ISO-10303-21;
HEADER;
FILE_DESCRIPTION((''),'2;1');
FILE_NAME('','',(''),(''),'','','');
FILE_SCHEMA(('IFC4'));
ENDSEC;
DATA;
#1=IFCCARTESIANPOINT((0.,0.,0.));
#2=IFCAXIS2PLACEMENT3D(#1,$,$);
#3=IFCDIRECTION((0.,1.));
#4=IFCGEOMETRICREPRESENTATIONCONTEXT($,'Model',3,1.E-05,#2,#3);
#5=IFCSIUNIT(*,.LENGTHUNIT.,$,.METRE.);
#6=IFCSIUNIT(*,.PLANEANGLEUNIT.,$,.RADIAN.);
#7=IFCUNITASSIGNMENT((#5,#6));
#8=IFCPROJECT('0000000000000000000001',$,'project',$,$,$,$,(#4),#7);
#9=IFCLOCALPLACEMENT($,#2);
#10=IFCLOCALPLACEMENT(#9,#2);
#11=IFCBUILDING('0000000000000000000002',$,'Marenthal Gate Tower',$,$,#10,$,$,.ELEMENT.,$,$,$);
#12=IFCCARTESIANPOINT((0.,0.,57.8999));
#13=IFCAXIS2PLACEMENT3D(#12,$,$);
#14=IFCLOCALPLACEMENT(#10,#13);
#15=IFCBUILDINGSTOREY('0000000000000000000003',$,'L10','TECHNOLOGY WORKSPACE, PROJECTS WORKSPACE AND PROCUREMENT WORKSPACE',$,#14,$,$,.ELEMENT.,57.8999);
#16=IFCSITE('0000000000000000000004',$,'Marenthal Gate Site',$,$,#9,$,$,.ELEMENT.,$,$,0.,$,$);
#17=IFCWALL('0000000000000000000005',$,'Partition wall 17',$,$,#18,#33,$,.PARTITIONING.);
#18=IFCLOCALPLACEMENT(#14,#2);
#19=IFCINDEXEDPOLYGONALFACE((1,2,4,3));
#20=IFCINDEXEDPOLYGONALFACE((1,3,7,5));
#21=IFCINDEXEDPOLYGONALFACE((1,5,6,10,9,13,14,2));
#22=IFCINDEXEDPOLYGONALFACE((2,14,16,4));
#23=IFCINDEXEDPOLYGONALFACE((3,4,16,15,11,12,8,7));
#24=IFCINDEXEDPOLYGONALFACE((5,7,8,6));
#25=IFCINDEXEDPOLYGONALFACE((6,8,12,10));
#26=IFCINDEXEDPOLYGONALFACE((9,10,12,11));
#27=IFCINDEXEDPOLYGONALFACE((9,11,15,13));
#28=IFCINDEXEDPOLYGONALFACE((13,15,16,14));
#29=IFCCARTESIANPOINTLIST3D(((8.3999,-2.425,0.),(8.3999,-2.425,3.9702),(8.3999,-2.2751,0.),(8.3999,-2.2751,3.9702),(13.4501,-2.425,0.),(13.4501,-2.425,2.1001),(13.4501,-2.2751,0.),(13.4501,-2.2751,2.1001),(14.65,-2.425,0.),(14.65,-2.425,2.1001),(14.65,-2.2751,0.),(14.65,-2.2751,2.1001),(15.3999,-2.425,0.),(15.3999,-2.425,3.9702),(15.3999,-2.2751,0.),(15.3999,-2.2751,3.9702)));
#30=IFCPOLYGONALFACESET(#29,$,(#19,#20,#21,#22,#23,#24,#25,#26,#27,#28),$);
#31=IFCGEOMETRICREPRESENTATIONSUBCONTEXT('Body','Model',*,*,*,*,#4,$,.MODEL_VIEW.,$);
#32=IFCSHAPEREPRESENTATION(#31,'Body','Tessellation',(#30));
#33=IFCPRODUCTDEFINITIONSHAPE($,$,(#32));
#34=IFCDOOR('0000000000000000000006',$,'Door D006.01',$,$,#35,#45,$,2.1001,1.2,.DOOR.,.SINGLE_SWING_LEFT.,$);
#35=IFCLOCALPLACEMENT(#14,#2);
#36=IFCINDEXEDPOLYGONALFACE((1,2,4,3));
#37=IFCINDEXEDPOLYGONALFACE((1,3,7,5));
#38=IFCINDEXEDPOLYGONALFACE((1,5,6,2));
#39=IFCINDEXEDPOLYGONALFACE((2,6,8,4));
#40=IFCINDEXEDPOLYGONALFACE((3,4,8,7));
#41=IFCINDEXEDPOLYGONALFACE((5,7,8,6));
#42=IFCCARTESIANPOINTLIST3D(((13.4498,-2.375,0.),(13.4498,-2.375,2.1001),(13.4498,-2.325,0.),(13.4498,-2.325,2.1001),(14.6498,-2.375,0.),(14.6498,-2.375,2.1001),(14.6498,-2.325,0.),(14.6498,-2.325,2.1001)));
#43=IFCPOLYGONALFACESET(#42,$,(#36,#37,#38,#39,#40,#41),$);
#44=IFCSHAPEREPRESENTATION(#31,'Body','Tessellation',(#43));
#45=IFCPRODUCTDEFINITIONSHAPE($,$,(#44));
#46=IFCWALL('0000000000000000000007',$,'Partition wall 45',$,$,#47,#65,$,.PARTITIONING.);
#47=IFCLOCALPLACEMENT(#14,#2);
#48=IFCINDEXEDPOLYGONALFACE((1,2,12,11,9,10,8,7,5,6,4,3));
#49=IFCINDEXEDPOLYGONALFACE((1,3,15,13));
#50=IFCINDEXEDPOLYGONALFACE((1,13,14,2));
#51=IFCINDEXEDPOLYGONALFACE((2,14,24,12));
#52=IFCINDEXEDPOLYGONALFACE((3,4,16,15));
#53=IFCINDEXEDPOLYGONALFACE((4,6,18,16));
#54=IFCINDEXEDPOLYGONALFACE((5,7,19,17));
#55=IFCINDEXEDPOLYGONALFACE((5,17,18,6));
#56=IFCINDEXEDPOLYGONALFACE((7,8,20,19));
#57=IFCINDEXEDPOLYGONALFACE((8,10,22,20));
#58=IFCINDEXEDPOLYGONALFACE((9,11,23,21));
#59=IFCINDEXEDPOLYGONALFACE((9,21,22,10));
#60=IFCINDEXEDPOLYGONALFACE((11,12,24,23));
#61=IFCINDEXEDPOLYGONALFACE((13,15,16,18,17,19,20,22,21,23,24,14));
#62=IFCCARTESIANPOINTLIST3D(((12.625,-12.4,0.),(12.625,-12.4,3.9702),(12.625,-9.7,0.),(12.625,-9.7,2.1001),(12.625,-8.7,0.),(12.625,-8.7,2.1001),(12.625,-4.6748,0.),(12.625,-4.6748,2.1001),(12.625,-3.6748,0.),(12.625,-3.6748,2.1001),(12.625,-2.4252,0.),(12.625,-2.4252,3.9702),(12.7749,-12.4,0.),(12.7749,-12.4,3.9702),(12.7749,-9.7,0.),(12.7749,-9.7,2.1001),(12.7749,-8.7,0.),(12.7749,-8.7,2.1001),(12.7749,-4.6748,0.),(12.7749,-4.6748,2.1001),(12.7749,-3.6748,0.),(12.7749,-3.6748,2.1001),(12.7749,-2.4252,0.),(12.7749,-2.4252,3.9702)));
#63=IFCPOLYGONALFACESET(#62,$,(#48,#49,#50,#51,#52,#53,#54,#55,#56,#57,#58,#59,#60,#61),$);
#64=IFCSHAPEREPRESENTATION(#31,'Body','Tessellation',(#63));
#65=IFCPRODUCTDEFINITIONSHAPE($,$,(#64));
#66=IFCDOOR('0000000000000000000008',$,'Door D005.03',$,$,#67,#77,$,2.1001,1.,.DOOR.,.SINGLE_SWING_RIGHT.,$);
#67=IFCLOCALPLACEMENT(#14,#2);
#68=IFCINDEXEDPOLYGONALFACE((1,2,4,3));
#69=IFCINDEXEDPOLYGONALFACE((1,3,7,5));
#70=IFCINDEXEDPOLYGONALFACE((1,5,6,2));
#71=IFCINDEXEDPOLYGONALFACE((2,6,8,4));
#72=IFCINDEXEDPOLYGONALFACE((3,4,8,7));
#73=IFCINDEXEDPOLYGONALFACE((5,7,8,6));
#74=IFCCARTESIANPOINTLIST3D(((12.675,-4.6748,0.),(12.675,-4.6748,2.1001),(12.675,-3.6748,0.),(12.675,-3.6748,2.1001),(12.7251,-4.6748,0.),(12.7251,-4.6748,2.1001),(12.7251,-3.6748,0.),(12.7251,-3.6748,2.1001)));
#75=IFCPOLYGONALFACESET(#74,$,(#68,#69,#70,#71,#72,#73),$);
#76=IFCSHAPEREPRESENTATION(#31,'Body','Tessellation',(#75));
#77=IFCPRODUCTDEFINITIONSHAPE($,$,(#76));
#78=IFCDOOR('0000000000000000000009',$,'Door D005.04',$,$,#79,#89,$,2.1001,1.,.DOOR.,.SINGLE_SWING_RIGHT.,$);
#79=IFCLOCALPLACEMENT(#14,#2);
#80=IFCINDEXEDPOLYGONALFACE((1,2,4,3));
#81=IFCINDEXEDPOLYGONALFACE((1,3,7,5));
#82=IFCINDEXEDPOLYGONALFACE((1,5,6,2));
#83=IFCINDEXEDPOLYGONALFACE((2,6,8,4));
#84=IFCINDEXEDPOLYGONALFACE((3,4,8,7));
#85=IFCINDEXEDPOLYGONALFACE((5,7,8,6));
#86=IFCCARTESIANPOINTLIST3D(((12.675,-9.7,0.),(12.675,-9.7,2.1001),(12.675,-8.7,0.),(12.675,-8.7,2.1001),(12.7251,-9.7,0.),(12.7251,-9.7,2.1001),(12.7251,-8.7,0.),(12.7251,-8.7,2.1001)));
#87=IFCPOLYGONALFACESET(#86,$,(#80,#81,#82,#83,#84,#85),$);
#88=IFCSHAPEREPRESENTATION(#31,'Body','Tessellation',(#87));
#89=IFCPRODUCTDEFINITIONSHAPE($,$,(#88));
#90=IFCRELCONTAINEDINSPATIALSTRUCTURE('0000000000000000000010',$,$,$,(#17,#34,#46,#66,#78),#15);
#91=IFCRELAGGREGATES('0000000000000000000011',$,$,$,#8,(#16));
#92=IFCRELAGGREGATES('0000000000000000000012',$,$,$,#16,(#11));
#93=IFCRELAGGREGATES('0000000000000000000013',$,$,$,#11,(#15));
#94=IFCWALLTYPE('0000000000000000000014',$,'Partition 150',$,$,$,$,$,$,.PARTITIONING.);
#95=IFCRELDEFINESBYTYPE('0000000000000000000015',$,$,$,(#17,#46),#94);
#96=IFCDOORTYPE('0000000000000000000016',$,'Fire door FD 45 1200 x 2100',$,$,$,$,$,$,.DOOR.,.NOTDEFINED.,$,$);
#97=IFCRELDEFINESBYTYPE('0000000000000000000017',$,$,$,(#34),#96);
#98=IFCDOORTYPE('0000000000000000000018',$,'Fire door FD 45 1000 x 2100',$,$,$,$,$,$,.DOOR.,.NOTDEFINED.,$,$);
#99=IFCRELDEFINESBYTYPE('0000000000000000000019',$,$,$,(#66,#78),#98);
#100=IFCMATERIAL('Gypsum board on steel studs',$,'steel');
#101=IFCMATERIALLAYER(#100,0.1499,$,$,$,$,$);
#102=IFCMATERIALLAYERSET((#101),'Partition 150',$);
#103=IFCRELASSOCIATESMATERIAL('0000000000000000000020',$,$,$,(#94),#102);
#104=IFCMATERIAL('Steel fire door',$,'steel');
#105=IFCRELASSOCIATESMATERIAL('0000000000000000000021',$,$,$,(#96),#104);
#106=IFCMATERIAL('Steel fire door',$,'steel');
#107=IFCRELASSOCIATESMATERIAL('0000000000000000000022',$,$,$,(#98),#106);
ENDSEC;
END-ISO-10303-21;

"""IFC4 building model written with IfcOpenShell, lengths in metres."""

from ifc_helpers import new_model, si_unit, direction, frame, frame_2d, origin, place, context, subcontext, project, spatial, rectangle, extrude, material, layer, layer_set, type_object, element, fill, save


model = new_model("IFC4")

# Units and contexts
model_context = context("Model", 3, precision=1e-05, world=origin(), true_north=direction((0.0, 1.0)))
body_context = subcontext(model_context, "Body", "Model", "MODEL_VIEW")
ifc_project = project(units=[si_unit("LENGTHUNIT", "METRE"), si_unit("PLANEANGLEUNIT", "RADIAN")], contexts=[model_context])

# Site, building, storey
site_placement = place(None, origin())
site = spatial("IfcSite", under=ifc_project, at=site_placement, Name="Marenthal Gate Site", CompositionType="ELEMENT", RefElevation=0.0)
building_placement = place(site_placement, origin())
building = spatial("IfcBuilding", under=site, at=building_placement, Name="Marenthal Gate Tower", CompositionType="ELEMENT")
storey_placement = place(building_placement, frame((0.0, 0.0, 57.8999)))
storey = spatial("IfcBuildingStorey", under=building, at=storey_placement, Name="L10", Description="TECHNOLOGY WORKSPACE, PROJECTS WORKSPACE AND PROCUREMENT WORKSPACE", CompositionType="ELEMENT", Elevation=57.8999)

# Shared definitions
ifc_material_1 = material(Name="Gypsum board on steel studs", Category="steel")
ifc_layer_1 = layer(ifc_material_1, 0.1499)
ifc_layer_set_1 = layer_set([ifc_layer_1], Name="Partition 150")
wall_type_1 = type_object("IfcWallType", Name="Partition 150", PredefinedType="PARTITIONING", material=ifc_layer_set_1)

# Wall, opening, door
wall_1_placement = place(storey_placement, frame((8.3999, -2.3501, 0.0), z_axis=(0.0, 0.0, 1.0), x_axis=(1.0, 0.0, 0.0)))
wall_1 = element("IfcWall", 1, at=wall_1_placement, inside=storey, type_object=wall_type_1, Name="Partition wall 17", PredefinedType="PARTITIONING", context=body_context, shape_type="SweptSolid", body=[
    extrude(rectangle(XDim=7.0, YDim=0.1499, at=frame_2d((3.5, 0.0))), origin(), (0.0, 0.0, 1.0), 3.9702),
])
opening_1_placement = place(wall_1_placement, frame((5.05, 0.0, 0.0)))
opening_1 = element("IfcOpeningElement", 2, at=opening_1_placement, cuts=wall_1, PredefinedType="OPENING", context=body_context, shape_type="SweptSolid", body=[
    extrude(rectangle(XDim=1.2, YDim=2.1001, at=frame_2d((0.6001, 1.05))), frame((0.0, 0.085, 0.0), z_axis=(0.0, -1.0, 0.0), x_axis=(1.0, 0.0, 0.0)), (0.0, 0.0, 1.0), 0.1699),
])
ifc_material_2 = material(Name="Steel fire door", Category="steel")
door_type_1 = type_object("IfcDoorType", Name="Fire door FD 45 1200 x 2100", OperationType="NOTDEFINED", PredefinedType="DOOR", material=ifc_material_2)
door_1_placement = place(opening_1_placement, frame((1.2, 0.0, 0.0), z_axis=(0.0, 0.0, 1.0), x_axis=(-1.0, 0.0, 0.0)))
door_1 = element("IfcDoor", 3, at=door_1_placement, inside=storey, type_object=door_type_1, Name="Door D006.01", OperationType="SINGLE_SWING_LEFT", OverallHeight=2.1001, OverallWidth=1.2, PredefinedType="DOOR", context=body_context, shape_type="SweptSolid", body=[
    extrude(rectangle(XDim=1.2, YDim=2.1001, at=frame_2d((0.6001, 1.05))), frame((0.0, 0.0249, 0.0), z_axis=(0.0, -1.0, 0.0), x_axis=(1.0, 0.0, 0.0)), (0.0, 0.0, 1.0), 0.05),
])
fill(opening_1, door_1)

# Wall, openings, doors
wall_2_placement = place(storey_placement, frame((12.7, -12.3999, 0.0), z_axis=(0.0, 0.0, 1.0), x_axis=(0.0, 1.0, 0.0)))
wall_2 = element("IfcWall", 4, at=wall_2_placement, inside=storey, type_object=wall_type_1, Name="Partition wall 45", PredefinedType="PARTITIONING", context=body_context, shape_type="SweptSolid", body=[
    extrude(rectangle(XDim=9.9749, YDim=0.1499, at=frame_2d((4.9873, 0.0))), origin(), (0.0, 0.0, 1.0), 3.9702),
])
opening_2_placement = place(wall_2_placement, frame((7.7251, 0.0, 0.0)))
opening_2 = element("IfcOpeningElement", 5, at=opening_2_placement, cuts=wall_2, PredefinedType="OPENING", context=body_context, shape_type="SweptSolid", body=[
    extrude(rectangle(XDim=1.0, YDim=2.1001, at=frame_2d((0.5, 1.05))), frame((0.0, 0.085, 0.0), z_axis=(0.0, -1.0, 0.0), x_axis=(1.0, 0.0, 0.0)), (0.0, 0.0, 1.0), 0.1699),
])
opening_3_placement = place(wall_2_placement, frame((2.7, 0.0, 0.0)))
opening_3 = element("IfcOpeningElement", 6, at=opening_3_placement, cuts=wall_2, PredefinedType="OPENING", context=body_context, shape_type="SweptSolid", body=[
    extrude(rectangle(XDim=1.0, YDim=2.1001, at=frame_2d((0.5, 1.05))), frame((0.0, 0.085, 0.0), z_axis=(0.0, -1.0, 0.0), x_axis=(1.0, 0.0, 0.0)), (0.0, 0.0, 1.0), 0.1699),
])
ifc_material_3 = material(Name="Steel fire door", Category="steel")
door_type_2 = type_object("IfcDoorType", Name="Fire door FD 45 1000 x 2100", OperationType="NOTDEFINED", PredefinedType="DOOR", material=ifc_material_3)
door_2_placement = place(opening_2_placement, origin())
door_2 = element("IfcDoor", 7, at=door_2_placement, inside=storey, type_object=door_type_2, Name="Door D005.03", OperationType="SINGLE_SWING_RIGHT", OverallHeight=2.1001, OverallWidth=1.0, PredefinedType="DOOR", context=body_context, shape_type="SweptSolid", body=[
    extrude(rectangle(XDim=1.0, YDim=2.1001, at=frame_2d((0.5, 1.05))), frame((0.0, 0.0249, 0.0), z_axis=(0.0, -1.0, 0.0), x_axis=(1.0, 0.0, 0.0)), (0.0, 0.0, 1.0), 0.05),
])
fill(opening_2, door_2)
door_3_placement = place(opening_3_placement, origin())
door_3 = element("IfcDoor", 8, at=door_3_placement, inside=storey, type_object=door_type_2, Name="Door D005.04", OperationType="SINGLE_SWING_RIGHT", OverallHeight=2.1001, OverallWidth=1.0, PredefinedType="DOOR", context=body_context, shape_type="SweptSolid", body=[
    extrude(rectangle(XDim=1.0, YDim=2.1001, at=frame_2d((0.5, 1.05))), frame((0.0, 0.0249, 0.0), z_axis=(0.0, -1.0, 0.0), x_axis=(1.0, 0.0, 0.0)), (0.0, 0.0, 1.0), 0.05),
])
fill(opening_3, door_3)

save(model, "model.ifc")
